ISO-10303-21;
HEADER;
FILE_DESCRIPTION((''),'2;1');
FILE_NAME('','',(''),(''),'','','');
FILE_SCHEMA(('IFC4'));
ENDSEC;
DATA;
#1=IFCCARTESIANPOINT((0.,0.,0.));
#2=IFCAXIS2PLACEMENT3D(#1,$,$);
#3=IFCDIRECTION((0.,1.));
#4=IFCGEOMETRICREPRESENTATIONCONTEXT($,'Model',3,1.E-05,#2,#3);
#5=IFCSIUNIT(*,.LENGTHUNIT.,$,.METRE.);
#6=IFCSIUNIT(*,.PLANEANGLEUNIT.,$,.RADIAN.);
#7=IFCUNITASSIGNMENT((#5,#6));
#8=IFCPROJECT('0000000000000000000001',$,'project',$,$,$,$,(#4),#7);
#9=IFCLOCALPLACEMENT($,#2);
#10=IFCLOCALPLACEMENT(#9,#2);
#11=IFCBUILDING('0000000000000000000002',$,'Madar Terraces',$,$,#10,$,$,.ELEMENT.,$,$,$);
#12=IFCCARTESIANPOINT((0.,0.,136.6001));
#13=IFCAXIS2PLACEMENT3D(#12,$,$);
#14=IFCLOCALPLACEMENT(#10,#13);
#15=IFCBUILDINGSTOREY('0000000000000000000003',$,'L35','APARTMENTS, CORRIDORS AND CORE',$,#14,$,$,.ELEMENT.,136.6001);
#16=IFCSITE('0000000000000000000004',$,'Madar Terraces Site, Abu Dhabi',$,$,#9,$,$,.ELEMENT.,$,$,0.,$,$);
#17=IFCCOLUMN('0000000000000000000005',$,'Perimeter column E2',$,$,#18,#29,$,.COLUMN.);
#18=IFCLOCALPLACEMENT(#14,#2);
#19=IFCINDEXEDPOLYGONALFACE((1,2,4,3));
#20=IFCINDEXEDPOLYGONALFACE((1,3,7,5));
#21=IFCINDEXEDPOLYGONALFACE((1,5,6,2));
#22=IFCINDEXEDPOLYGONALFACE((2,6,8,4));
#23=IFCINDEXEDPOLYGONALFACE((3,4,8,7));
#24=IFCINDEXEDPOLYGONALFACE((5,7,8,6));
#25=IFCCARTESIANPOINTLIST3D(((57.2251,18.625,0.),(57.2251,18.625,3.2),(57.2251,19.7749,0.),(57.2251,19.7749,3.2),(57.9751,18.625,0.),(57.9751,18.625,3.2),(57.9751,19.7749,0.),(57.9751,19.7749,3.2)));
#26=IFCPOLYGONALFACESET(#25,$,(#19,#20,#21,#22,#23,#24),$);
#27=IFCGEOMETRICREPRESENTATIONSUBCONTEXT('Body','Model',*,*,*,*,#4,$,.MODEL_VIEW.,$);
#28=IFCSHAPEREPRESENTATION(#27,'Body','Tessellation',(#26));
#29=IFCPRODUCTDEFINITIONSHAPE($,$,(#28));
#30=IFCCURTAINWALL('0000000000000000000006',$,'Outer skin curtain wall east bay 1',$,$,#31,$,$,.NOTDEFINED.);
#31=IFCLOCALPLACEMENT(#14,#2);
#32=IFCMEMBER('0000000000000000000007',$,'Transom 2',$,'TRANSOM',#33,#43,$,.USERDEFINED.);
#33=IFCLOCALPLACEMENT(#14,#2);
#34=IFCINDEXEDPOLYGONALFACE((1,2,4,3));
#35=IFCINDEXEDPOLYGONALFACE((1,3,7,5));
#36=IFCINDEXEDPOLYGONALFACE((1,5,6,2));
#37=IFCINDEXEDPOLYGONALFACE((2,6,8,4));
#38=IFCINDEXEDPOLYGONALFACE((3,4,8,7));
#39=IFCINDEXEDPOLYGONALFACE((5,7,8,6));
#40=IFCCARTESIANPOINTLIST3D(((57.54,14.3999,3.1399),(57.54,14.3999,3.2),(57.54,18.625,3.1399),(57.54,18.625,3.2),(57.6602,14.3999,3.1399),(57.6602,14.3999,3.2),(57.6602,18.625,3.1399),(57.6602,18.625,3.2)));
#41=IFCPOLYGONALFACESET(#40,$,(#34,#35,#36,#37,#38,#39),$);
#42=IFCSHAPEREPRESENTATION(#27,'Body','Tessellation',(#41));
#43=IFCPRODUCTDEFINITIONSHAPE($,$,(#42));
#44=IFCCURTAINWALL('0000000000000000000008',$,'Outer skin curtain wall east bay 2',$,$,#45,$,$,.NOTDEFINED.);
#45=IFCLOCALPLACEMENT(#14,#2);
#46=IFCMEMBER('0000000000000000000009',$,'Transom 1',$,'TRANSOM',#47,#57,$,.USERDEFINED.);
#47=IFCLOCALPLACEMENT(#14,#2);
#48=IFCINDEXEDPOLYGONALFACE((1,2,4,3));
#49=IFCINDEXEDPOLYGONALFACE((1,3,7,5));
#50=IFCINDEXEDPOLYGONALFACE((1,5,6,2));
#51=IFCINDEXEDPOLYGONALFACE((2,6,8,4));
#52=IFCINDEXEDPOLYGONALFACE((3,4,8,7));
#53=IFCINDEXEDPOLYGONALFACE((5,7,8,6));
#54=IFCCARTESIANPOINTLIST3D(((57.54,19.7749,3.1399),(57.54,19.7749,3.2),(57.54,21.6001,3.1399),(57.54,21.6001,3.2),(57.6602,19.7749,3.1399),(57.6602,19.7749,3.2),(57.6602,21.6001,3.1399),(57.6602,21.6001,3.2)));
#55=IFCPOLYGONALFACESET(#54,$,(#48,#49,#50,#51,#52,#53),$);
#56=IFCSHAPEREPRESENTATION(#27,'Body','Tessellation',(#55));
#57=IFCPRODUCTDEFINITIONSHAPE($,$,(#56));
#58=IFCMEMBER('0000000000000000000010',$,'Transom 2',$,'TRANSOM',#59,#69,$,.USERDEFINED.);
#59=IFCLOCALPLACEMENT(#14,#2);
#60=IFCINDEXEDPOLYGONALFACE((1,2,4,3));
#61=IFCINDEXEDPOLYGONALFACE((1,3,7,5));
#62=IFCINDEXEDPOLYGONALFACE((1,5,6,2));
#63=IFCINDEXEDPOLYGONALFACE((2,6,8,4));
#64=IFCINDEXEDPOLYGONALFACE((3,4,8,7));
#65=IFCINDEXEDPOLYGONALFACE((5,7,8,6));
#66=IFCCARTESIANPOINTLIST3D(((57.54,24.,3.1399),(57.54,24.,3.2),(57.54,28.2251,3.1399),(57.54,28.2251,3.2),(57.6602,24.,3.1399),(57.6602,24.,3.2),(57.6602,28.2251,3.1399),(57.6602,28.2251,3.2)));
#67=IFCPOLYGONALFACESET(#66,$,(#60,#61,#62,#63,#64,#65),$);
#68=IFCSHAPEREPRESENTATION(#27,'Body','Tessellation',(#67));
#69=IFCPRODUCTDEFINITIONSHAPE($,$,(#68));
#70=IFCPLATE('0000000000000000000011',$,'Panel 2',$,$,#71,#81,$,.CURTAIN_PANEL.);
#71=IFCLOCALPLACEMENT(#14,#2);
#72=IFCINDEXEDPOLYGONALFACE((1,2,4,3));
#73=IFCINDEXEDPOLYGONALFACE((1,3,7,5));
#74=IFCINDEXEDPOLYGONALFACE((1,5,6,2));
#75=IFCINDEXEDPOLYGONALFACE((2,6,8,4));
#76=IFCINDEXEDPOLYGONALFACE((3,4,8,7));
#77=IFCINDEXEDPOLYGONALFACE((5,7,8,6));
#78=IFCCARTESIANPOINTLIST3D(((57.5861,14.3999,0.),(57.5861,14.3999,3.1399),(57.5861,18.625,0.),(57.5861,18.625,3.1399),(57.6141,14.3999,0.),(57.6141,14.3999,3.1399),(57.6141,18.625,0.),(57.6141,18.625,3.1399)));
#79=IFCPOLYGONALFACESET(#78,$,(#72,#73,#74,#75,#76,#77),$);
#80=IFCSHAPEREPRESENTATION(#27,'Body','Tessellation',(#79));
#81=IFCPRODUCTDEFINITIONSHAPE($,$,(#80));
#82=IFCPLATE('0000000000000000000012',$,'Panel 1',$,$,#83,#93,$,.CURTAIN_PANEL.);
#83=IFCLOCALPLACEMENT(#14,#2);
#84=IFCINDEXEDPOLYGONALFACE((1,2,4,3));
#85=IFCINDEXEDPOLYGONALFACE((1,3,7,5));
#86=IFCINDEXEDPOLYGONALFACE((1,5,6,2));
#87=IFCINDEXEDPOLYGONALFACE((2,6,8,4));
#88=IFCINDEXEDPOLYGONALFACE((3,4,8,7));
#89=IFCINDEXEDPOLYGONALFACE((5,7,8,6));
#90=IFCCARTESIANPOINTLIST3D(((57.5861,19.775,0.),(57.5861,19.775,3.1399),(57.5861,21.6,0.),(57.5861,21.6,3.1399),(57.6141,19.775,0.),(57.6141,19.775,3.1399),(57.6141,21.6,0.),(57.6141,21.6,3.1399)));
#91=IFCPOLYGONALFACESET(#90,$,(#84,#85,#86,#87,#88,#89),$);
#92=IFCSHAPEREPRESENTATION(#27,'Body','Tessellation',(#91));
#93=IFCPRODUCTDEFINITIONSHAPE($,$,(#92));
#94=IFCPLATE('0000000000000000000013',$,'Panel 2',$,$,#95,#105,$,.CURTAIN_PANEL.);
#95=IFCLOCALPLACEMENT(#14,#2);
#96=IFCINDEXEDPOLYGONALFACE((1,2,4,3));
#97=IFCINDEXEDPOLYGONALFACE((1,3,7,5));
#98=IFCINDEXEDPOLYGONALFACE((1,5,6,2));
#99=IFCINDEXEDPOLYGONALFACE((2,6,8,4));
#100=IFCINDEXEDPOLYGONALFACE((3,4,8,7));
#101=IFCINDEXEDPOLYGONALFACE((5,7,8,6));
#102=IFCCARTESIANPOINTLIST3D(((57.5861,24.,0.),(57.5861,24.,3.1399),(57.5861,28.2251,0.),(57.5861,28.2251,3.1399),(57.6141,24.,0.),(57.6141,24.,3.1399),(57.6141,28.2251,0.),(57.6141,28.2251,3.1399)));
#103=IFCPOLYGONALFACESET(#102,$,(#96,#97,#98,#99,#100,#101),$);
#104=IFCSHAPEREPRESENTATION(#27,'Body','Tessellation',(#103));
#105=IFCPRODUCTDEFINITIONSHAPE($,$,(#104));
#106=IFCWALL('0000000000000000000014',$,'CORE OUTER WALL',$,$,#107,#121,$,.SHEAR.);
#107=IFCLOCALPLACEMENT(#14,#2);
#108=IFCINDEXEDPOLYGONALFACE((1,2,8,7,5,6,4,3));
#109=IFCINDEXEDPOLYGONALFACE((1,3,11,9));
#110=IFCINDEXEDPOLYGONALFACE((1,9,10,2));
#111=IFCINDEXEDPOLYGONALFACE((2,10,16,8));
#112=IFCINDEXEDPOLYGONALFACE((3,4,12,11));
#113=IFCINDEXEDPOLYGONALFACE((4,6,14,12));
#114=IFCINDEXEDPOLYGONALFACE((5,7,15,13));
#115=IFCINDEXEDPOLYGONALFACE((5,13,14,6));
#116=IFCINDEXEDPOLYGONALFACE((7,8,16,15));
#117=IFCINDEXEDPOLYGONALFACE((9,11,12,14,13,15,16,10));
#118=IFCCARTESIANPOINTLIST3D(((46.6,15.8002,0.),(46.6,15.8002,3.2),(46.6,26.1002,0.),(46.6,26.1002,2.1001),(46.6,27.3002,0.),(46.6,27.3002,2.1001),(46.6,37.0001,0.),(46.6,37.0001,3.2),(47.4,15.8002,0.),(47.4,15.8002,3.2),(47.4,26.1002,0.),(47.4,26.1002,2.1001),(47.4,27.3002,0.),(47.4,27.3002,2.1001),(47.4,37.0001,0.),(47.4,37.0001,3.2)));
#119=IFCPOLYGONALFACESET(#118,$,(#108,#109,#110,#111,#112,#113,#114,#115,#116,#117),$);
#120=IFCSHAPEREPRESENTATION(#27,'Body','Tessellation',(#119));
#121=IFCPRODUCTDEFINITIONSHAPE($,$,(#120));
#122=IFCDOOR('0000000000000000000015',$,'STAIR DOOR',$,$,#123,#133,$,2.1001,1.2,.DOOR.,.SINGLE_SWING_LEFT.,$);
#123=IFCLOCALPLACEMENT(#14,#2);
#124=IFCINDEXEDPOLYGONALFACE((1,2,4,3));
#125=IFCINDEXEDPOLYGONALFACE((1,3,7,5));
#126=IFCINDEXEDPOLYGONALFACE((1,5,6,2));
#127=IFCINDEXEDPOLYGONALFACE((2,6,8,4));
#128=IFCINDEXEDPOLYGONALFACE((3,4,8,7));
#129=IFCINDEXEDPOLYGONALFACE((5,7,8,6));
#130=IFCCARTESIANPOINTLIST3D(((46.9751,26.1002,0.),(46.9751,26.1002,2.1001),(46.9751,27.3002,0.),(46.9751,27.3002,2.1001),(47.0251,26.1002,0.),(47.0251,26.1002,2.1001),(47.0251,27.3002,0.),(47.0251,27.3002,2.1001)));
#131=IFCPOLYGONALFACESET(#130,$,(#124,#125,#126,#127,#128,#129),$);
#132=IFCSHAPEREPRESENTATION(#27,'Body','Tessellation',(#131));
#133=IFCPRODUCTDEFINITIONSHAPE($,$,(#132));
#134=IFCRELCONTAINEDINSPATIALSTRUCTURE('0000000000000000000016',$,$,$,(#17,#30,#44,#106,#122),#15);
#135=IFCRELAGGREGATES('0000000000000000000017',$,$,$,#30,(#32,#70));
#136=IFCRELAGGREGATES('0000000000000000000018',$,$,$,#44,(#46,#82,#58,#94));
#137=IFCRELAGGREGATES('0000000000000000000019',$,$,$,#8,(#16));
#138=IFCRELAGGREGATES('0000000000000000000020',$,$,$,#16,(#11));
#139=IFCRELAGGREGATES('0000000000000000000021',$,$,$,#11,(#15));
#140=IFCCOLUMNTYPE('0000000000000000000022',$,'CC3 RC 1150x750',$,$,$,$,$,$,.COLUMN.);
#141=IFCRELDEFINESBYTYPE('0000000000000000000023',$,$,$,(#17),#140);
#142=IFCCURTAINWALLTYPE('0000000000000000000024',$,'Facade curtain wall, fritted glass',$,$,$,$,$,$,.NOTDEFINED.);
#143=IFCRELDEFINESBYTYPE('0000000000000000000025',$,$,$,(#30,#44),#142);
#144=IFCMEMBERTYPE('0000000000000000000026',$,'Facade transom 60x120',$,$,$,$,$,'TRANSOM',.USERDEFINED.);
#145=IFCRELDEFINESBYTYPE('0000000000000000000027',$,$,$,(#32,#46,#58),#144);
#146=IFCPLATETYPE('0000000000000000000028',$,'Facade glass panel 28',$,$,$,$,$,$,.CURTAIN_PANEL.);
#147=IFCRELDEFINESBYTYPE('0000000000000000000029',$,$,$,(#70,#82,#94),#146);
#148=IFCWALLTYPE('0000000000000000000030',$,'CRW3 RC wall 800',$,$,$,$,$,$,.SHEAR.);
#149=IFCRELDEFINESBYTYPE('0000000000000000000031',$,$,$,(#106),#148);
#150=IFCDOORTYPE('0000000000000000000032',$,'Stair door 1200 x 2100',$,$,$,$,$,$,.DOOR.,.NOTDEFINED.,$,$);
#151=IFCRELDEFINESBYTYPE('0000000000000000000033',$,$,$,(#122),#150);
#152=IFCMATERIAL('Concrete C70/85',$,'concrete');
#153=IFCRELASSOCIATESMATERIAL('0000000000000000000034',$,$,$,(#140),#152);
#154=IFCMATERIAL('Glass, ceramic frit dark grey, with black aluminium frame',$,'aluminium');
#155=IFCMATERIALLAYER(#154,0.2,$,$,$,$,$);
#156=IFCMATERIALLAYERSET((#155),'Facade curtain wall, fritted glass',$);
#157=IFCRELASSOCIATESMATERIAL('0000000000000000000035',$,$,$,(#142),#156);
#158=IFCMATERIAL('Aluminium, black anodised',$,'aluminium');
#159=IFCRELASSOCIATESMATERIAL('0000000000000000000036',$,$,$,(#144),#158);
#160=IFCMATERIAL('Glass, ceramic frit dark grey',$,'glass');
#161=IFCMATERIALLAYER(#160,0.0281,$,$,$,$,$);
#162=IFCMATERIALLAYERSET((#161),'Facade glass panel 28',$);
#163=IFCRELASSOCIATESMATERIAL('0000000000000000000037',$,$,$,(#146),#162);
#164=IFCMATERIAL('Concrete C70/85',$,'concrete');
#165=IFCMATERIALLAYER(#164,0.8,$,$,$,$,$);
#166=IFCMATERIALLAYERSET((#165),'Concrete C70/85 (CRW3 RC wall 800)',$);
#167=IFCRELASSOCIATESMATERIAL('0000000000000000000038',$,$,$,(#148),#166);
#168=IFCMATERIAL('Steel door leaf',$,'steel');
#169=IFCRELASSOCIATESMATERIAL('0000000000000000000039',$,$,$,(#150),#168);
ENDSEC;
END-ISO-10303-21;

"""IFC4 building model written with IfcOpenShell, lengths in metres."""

from ifc_helpers import new_model, si_unit, direction, frame, frame_2d, origin, origin_2d, place, context, subcontext, project, spatial, rectangle, extrude, material, layer, layer_set, material_profile, profile_set, type_object, element, fill, aggregate, save


model = new_model("IFC4")

# Units and contexts
model_context = context("Model", 3, precision=1e-05, world=origin(), true_north=direction((0.0, 1.0)))
body_context = subcontext(model_context, "Body", "Model", "MODEL_VIEW")
ifc_project = project(units=[si_unit("LENGTHUNIT", "METRE"), si_unit("PLANEANGLEUNIT", "RADIAN")], contexts=[model_context])

# Site, building, storey
site_placement = place(None, origin())
site = spatial("IfcSite", under=ifc_project, at=site_placement, Name="Madar Terraces Site, Abu Dhabi", CompositionType="ELEMENT", RefElevation=0.0)
building_placement = place(site_placement, origin())
building = spatial("IfcBuilding", under=site, at=building_placement, Name="Madar Terraces", CompositionType="ELEMENT")
storey_placement = place(building_placement, frame((0.0, 0.0, 136.6001)))
storey = spatial("IfcBuildingStorey", under=building, at=storey_placement, Name="L35", Description="APARTMENTS, CORRIDORS AND CORE", CompositionType="ELEMENT", Elevation=136.6001)

# Column
ifc_material_1 = material(Name="Concrete C70/85", Category="concrete")
ifc_material_profile_1 = material_profile(ifc_material_1, rectangle(XDim=1.1499, YDim=0.75, at=origin_2d()), Name="CC3 RC 1150x750")
ifc_profile_set_1 = profile_set([ifc_material_profile_1], Name="Concrete C70/85")
column_type = type_object("IfcColumnType", Name="CC3 RC 1150x750", PredefinedType="COLUMN", material=ifc_profile_set_1)
column_placement = place(storey_placement, frame((57.6001, 19.2, 0.0), z_axis=(0.0, 0.0, 1.0), x_axis=(0.0, 1.0, 0.0)))
element("IfcColumn", 1, at=column_placement, inside=storey, type_object=column_type, Name="Perimeter column E2", PredefinedType="COLUMN", context=body_context, shape_type="SweptSolid", body=[
    extrude(rectangle(XDim=1.1499, YDim=0.75, at=origin_2d()), origin(), (0.0, 0.0, 1.0), 3.2),
])

# Curtain wall, member
ifc_material_2 = material(Name="Glass, ceramic frit dark grey, with black aluminium frame", Category="aluminium")
ifc_layer_1 = layer(ifc_material_2, 0.2)
ifc_layer_set_1 = layer_set([ifc_layer_1], Name="Facade curtain wall, fritted glass")
curtain_wall_type = type_object("IfcCurtainWallType", Name="Facade curtain wall, fritted glass", PredefinedType="NOTDEFINED", material=ifc_layer_set_1)
curtain_wall_1_placement = place(storey_placement, origin())
curtain_wall_1 = element("IfcCurtainWall", 2, at=curtain_wall_1_placement, inside=storey, type_object=curtain_wall_type, Name="Outer skin curtain wall east bay 1", PredefinedType="NOTDEFINED")
ifc_material_3 = material(Name="Aluminium, black anodised", Category="aluminium")
ifc_material_profile_2 = material_profile(ifc_material_3, rectangle(XDim=0.1201, YDim=0.0601, at=origin_2d()), Name="Facade transom 60x120")
ifc_profile_set_2 = profile_set([ifc_material_profile_2], Name="Aluminium, black anodised")
member_type = type_object("IfcMemberType", Name="Facade transom 60x120", ElementType="TRANSOM", PredefinedType="USERDEFINED", material=ifc_profile_set_2)
member_1_placement = place(storey_placement, frame((57.6001, 14.3999, 3.1699), z_axis=(0.0, 1.0, 0.0), x_axis=(-1.0, 0.0, 0.0)))
member_1 = element("IfcMember", 3, at=member_1_placement, type_object=member_type, Name="Transom 2", ObjectType="TRANSOM", PredefinedType="USERDEFINED", context=body_context, shape_type="SweptSolid", body=[
    extrude(rectangle(XDim=0.1201, YDim=0.0601, at=origin_2d()), origin(), (0.0, 0.0, 1.0), 4.2251),
])

# Curtain wall, members
curtain_wall_2_placement = place(storey_placement, origin())
curtain_wall_2 = element("IfcCurtainWall", 4, at=curtain_wall_2_placement, inside=storey, type_object=curtain_wall_type, Name="Outer skin curtain wall east bay 2", PredefinedType="NOTDEFINED")
member_2_placement = place(storey_placement, frame((57.6001, 19.7749, 3.1699), z_axis=(0.0, 1.0, 0.0), x_axis=(-1.0, 0.0, 0.0)))
member_2 = element("IfcMember", 5, at=member_2_placement, type_object=member_type, Name="Transom 1", ObjectType="TRANSOM", PredefinedType="USERDEFINED", context=body_context, shape_type="SweptSolid", body=[
    extrude(rectangle(XDim=0.1201, YDim=0.0601, at=origin_2d()), origin(), (0.0, 0.0, 1.0), 1.8252),
])
member_3_placement = place(storey_placement, frame((57.6001, 24.0, 3.1699), z_axis=(0.0, 1.0, 0.0), x_axis=(-1.0, 0.0, 0.0)))
member_3 = element("IfcMember", 6, at=member_3_placement, type_object=member_type, Name="Transom 2", ObjectType="TRANSOM", PredefinedType="USERDEFINED", context=body_context, shape_type="SweptSolid", body=[
    extrude(rectangle(XDim=0.1201, YDim=0.0601, at=origin_2d()), origin(), (0.0, 0.0, 1.0), 4.2251),
])

# Plates
ifc_material_4 = material(Name="Glass, ceramic frit dark grey", Category="glass")
ifc_layer_2 = layer(ifc_material_4, 0.0281)
ifc_layer_set_2 = layer_set([ifc_layer_2], Name="Facade glass panel 28")
plate_type = type_object("IfcPlateType", Name="Facade glass panel 28", PredefinedType="CURTAIN_PANEL", material=ifc_layer_set_2)
plate_1_placement = place(storey_placement, frame((57.6001, 16.5125, 0.0), z_axis=(0.0, 0.0, 1.0), x_axis=(0.0, 1.0, 0.0)))
plate_1 = element("IfcPlate", 7, at=plate_1_placement, type_object=plate_type, Name="Panel 2", PredefinedType="CURTAIN_PANEL", context=body_context, shape_type="SweptSolid", body=[
    extrude(rectangle(XDim=4.2251, YDim=0.0281, at=origin_2d()), origin(), (0.0, 0.0, 1.0), 3.1399),
])
aggregate(curtain_wall_1, [member_1, plate_1])
plate_2_placement = place(storey_placement, frame((57.6001, 20.6875, 0.0), z_axis=(0.0, 0.0, 1.0), x_axis=(0.0, 1.0, 0.0)))
plate_2 = element("IfcPlate", 8, at=plate_2_placement, type_object=plate_type, Name="Panel 1", PredefinedType="CURTAIN_PANEL", context=body_context, shape_type="SweptSolid", body=[
    extrude(rectangle(XDim=1.825, YDim=0.0281, at=origin_2d()), origin(), (0.0, 0.0, 1.0), 3.1399),
])
plate_3_placement = place(storey_placement, frame((57.6001, 26.1125, 0.0), z_axis=(0.0, 0.0, 1.0), x_axis=(0.0, 1.0, 0.0)))
plate_3 = element("IfcPlate", 9, at=plate_3_placement, type_object=plate_type, Name="Panel 2", PredefinedType="CURTAIN_PANEL", context=body_context, shape_type="SweptSolid", body=[
    extrude(rectangle(XDim=4.2251, YDim=0.0281, at=origin_2d()), origin(), (0.0, 0.0, 1.0), 3.1399),
])
aggregate(curtain_wall_2, [member_2, plate_2, member_3, plate_3])

# Wall, opening, door
ifc_material_5 = material(Name="Concrete C70/85", Category="concrete")
ifc_layer_3 = layer(ifc_material_5, 0.8)
ifc_layer_set_3 = layer_set([ifc_layer_3], Name="Concrete C70/85 (CRW3 RC wall 800)")
wall_type_1 = type_object("IfcWallType", Name="CRW3 RC wall 800", PredefinedType="SHEAR", material=ifc_layer_set_3)
wall_1_placement = place(storey_placement, frame((47.0, 15.8, 0.0), z_axis=(0.0, 0.0, 1.0), x_axis=(0.0, 1.0, 0.0)))
wall_1 = element("IfcWall", 10, at=wall_1_placement, inside=storey, type_object=wall_type_1, Name="CORE OUTER WALL", PredefinedType="SHEAR", context=body_context, shape_type="SweptSolid", body=[
    extrude(rectangle(XDim=21.2, YDim=0.8, at=frame_2d((10.6001, 0.0))), origin(), (0.0, 0.0, 1.0), 3.2),
])
opening_1_placement = place(wall_1_placement, frame((10.3, 0.0, 0.0)))
opening_1 = element("IfcOpeningElement", 11, at=opening_1_placement, cuts=wall_1, PredefinedType="OPENING", context=body_context, shape_type="SweptSolid", body=[
    extrude(rectangle(XDim=1.2, YDim=2.1001, at=frame_2d((0.6001, 1.05))), frame((0.0, 0.4099, 0.0), z_axis=(0.0, -1.0, 0.0), x_axis=(1.0, 0.0, 0.0)), (0.0, 0.0, 1.0), 0.8201),
])
ifc_material_6 = material(Name="Steel door leaf", Category="steel")
door_type_1 = type_object("IfcDoorType", Name="Stair door 1200 x 2100", OperationType="NOTDEFINED", PredefinedType="DOOR", material=ifc_material_6)
door_1_placement = place(opening_1_placement, origin())
door_1 = element("IfcDoor", 12, at=door_1_placement, inside=storey, type_object=door_type_1, Name="STAIR DOOR", OperationType="SINGLE_SWING_LEFT", OverallHeight=2.1001, OverallWidth=1.2, PredefinedType="DOOR", context=body_context, shape_type="SweptSolid", body=[
    extrude(rectangle(XDim=1.2, YDim=2.1001, at=frame_2d((0.6001, 1.05))), frame((0.0, 0.0249, 0.0), z_axis=(0.0, -1.0, 0.0), x_axis=(1.0, 0.0, 0.0)), (0.0, 0.0, 1.0), 0.05),
])
fill(opening_1, door_1)

save(model, "model.ifc")
